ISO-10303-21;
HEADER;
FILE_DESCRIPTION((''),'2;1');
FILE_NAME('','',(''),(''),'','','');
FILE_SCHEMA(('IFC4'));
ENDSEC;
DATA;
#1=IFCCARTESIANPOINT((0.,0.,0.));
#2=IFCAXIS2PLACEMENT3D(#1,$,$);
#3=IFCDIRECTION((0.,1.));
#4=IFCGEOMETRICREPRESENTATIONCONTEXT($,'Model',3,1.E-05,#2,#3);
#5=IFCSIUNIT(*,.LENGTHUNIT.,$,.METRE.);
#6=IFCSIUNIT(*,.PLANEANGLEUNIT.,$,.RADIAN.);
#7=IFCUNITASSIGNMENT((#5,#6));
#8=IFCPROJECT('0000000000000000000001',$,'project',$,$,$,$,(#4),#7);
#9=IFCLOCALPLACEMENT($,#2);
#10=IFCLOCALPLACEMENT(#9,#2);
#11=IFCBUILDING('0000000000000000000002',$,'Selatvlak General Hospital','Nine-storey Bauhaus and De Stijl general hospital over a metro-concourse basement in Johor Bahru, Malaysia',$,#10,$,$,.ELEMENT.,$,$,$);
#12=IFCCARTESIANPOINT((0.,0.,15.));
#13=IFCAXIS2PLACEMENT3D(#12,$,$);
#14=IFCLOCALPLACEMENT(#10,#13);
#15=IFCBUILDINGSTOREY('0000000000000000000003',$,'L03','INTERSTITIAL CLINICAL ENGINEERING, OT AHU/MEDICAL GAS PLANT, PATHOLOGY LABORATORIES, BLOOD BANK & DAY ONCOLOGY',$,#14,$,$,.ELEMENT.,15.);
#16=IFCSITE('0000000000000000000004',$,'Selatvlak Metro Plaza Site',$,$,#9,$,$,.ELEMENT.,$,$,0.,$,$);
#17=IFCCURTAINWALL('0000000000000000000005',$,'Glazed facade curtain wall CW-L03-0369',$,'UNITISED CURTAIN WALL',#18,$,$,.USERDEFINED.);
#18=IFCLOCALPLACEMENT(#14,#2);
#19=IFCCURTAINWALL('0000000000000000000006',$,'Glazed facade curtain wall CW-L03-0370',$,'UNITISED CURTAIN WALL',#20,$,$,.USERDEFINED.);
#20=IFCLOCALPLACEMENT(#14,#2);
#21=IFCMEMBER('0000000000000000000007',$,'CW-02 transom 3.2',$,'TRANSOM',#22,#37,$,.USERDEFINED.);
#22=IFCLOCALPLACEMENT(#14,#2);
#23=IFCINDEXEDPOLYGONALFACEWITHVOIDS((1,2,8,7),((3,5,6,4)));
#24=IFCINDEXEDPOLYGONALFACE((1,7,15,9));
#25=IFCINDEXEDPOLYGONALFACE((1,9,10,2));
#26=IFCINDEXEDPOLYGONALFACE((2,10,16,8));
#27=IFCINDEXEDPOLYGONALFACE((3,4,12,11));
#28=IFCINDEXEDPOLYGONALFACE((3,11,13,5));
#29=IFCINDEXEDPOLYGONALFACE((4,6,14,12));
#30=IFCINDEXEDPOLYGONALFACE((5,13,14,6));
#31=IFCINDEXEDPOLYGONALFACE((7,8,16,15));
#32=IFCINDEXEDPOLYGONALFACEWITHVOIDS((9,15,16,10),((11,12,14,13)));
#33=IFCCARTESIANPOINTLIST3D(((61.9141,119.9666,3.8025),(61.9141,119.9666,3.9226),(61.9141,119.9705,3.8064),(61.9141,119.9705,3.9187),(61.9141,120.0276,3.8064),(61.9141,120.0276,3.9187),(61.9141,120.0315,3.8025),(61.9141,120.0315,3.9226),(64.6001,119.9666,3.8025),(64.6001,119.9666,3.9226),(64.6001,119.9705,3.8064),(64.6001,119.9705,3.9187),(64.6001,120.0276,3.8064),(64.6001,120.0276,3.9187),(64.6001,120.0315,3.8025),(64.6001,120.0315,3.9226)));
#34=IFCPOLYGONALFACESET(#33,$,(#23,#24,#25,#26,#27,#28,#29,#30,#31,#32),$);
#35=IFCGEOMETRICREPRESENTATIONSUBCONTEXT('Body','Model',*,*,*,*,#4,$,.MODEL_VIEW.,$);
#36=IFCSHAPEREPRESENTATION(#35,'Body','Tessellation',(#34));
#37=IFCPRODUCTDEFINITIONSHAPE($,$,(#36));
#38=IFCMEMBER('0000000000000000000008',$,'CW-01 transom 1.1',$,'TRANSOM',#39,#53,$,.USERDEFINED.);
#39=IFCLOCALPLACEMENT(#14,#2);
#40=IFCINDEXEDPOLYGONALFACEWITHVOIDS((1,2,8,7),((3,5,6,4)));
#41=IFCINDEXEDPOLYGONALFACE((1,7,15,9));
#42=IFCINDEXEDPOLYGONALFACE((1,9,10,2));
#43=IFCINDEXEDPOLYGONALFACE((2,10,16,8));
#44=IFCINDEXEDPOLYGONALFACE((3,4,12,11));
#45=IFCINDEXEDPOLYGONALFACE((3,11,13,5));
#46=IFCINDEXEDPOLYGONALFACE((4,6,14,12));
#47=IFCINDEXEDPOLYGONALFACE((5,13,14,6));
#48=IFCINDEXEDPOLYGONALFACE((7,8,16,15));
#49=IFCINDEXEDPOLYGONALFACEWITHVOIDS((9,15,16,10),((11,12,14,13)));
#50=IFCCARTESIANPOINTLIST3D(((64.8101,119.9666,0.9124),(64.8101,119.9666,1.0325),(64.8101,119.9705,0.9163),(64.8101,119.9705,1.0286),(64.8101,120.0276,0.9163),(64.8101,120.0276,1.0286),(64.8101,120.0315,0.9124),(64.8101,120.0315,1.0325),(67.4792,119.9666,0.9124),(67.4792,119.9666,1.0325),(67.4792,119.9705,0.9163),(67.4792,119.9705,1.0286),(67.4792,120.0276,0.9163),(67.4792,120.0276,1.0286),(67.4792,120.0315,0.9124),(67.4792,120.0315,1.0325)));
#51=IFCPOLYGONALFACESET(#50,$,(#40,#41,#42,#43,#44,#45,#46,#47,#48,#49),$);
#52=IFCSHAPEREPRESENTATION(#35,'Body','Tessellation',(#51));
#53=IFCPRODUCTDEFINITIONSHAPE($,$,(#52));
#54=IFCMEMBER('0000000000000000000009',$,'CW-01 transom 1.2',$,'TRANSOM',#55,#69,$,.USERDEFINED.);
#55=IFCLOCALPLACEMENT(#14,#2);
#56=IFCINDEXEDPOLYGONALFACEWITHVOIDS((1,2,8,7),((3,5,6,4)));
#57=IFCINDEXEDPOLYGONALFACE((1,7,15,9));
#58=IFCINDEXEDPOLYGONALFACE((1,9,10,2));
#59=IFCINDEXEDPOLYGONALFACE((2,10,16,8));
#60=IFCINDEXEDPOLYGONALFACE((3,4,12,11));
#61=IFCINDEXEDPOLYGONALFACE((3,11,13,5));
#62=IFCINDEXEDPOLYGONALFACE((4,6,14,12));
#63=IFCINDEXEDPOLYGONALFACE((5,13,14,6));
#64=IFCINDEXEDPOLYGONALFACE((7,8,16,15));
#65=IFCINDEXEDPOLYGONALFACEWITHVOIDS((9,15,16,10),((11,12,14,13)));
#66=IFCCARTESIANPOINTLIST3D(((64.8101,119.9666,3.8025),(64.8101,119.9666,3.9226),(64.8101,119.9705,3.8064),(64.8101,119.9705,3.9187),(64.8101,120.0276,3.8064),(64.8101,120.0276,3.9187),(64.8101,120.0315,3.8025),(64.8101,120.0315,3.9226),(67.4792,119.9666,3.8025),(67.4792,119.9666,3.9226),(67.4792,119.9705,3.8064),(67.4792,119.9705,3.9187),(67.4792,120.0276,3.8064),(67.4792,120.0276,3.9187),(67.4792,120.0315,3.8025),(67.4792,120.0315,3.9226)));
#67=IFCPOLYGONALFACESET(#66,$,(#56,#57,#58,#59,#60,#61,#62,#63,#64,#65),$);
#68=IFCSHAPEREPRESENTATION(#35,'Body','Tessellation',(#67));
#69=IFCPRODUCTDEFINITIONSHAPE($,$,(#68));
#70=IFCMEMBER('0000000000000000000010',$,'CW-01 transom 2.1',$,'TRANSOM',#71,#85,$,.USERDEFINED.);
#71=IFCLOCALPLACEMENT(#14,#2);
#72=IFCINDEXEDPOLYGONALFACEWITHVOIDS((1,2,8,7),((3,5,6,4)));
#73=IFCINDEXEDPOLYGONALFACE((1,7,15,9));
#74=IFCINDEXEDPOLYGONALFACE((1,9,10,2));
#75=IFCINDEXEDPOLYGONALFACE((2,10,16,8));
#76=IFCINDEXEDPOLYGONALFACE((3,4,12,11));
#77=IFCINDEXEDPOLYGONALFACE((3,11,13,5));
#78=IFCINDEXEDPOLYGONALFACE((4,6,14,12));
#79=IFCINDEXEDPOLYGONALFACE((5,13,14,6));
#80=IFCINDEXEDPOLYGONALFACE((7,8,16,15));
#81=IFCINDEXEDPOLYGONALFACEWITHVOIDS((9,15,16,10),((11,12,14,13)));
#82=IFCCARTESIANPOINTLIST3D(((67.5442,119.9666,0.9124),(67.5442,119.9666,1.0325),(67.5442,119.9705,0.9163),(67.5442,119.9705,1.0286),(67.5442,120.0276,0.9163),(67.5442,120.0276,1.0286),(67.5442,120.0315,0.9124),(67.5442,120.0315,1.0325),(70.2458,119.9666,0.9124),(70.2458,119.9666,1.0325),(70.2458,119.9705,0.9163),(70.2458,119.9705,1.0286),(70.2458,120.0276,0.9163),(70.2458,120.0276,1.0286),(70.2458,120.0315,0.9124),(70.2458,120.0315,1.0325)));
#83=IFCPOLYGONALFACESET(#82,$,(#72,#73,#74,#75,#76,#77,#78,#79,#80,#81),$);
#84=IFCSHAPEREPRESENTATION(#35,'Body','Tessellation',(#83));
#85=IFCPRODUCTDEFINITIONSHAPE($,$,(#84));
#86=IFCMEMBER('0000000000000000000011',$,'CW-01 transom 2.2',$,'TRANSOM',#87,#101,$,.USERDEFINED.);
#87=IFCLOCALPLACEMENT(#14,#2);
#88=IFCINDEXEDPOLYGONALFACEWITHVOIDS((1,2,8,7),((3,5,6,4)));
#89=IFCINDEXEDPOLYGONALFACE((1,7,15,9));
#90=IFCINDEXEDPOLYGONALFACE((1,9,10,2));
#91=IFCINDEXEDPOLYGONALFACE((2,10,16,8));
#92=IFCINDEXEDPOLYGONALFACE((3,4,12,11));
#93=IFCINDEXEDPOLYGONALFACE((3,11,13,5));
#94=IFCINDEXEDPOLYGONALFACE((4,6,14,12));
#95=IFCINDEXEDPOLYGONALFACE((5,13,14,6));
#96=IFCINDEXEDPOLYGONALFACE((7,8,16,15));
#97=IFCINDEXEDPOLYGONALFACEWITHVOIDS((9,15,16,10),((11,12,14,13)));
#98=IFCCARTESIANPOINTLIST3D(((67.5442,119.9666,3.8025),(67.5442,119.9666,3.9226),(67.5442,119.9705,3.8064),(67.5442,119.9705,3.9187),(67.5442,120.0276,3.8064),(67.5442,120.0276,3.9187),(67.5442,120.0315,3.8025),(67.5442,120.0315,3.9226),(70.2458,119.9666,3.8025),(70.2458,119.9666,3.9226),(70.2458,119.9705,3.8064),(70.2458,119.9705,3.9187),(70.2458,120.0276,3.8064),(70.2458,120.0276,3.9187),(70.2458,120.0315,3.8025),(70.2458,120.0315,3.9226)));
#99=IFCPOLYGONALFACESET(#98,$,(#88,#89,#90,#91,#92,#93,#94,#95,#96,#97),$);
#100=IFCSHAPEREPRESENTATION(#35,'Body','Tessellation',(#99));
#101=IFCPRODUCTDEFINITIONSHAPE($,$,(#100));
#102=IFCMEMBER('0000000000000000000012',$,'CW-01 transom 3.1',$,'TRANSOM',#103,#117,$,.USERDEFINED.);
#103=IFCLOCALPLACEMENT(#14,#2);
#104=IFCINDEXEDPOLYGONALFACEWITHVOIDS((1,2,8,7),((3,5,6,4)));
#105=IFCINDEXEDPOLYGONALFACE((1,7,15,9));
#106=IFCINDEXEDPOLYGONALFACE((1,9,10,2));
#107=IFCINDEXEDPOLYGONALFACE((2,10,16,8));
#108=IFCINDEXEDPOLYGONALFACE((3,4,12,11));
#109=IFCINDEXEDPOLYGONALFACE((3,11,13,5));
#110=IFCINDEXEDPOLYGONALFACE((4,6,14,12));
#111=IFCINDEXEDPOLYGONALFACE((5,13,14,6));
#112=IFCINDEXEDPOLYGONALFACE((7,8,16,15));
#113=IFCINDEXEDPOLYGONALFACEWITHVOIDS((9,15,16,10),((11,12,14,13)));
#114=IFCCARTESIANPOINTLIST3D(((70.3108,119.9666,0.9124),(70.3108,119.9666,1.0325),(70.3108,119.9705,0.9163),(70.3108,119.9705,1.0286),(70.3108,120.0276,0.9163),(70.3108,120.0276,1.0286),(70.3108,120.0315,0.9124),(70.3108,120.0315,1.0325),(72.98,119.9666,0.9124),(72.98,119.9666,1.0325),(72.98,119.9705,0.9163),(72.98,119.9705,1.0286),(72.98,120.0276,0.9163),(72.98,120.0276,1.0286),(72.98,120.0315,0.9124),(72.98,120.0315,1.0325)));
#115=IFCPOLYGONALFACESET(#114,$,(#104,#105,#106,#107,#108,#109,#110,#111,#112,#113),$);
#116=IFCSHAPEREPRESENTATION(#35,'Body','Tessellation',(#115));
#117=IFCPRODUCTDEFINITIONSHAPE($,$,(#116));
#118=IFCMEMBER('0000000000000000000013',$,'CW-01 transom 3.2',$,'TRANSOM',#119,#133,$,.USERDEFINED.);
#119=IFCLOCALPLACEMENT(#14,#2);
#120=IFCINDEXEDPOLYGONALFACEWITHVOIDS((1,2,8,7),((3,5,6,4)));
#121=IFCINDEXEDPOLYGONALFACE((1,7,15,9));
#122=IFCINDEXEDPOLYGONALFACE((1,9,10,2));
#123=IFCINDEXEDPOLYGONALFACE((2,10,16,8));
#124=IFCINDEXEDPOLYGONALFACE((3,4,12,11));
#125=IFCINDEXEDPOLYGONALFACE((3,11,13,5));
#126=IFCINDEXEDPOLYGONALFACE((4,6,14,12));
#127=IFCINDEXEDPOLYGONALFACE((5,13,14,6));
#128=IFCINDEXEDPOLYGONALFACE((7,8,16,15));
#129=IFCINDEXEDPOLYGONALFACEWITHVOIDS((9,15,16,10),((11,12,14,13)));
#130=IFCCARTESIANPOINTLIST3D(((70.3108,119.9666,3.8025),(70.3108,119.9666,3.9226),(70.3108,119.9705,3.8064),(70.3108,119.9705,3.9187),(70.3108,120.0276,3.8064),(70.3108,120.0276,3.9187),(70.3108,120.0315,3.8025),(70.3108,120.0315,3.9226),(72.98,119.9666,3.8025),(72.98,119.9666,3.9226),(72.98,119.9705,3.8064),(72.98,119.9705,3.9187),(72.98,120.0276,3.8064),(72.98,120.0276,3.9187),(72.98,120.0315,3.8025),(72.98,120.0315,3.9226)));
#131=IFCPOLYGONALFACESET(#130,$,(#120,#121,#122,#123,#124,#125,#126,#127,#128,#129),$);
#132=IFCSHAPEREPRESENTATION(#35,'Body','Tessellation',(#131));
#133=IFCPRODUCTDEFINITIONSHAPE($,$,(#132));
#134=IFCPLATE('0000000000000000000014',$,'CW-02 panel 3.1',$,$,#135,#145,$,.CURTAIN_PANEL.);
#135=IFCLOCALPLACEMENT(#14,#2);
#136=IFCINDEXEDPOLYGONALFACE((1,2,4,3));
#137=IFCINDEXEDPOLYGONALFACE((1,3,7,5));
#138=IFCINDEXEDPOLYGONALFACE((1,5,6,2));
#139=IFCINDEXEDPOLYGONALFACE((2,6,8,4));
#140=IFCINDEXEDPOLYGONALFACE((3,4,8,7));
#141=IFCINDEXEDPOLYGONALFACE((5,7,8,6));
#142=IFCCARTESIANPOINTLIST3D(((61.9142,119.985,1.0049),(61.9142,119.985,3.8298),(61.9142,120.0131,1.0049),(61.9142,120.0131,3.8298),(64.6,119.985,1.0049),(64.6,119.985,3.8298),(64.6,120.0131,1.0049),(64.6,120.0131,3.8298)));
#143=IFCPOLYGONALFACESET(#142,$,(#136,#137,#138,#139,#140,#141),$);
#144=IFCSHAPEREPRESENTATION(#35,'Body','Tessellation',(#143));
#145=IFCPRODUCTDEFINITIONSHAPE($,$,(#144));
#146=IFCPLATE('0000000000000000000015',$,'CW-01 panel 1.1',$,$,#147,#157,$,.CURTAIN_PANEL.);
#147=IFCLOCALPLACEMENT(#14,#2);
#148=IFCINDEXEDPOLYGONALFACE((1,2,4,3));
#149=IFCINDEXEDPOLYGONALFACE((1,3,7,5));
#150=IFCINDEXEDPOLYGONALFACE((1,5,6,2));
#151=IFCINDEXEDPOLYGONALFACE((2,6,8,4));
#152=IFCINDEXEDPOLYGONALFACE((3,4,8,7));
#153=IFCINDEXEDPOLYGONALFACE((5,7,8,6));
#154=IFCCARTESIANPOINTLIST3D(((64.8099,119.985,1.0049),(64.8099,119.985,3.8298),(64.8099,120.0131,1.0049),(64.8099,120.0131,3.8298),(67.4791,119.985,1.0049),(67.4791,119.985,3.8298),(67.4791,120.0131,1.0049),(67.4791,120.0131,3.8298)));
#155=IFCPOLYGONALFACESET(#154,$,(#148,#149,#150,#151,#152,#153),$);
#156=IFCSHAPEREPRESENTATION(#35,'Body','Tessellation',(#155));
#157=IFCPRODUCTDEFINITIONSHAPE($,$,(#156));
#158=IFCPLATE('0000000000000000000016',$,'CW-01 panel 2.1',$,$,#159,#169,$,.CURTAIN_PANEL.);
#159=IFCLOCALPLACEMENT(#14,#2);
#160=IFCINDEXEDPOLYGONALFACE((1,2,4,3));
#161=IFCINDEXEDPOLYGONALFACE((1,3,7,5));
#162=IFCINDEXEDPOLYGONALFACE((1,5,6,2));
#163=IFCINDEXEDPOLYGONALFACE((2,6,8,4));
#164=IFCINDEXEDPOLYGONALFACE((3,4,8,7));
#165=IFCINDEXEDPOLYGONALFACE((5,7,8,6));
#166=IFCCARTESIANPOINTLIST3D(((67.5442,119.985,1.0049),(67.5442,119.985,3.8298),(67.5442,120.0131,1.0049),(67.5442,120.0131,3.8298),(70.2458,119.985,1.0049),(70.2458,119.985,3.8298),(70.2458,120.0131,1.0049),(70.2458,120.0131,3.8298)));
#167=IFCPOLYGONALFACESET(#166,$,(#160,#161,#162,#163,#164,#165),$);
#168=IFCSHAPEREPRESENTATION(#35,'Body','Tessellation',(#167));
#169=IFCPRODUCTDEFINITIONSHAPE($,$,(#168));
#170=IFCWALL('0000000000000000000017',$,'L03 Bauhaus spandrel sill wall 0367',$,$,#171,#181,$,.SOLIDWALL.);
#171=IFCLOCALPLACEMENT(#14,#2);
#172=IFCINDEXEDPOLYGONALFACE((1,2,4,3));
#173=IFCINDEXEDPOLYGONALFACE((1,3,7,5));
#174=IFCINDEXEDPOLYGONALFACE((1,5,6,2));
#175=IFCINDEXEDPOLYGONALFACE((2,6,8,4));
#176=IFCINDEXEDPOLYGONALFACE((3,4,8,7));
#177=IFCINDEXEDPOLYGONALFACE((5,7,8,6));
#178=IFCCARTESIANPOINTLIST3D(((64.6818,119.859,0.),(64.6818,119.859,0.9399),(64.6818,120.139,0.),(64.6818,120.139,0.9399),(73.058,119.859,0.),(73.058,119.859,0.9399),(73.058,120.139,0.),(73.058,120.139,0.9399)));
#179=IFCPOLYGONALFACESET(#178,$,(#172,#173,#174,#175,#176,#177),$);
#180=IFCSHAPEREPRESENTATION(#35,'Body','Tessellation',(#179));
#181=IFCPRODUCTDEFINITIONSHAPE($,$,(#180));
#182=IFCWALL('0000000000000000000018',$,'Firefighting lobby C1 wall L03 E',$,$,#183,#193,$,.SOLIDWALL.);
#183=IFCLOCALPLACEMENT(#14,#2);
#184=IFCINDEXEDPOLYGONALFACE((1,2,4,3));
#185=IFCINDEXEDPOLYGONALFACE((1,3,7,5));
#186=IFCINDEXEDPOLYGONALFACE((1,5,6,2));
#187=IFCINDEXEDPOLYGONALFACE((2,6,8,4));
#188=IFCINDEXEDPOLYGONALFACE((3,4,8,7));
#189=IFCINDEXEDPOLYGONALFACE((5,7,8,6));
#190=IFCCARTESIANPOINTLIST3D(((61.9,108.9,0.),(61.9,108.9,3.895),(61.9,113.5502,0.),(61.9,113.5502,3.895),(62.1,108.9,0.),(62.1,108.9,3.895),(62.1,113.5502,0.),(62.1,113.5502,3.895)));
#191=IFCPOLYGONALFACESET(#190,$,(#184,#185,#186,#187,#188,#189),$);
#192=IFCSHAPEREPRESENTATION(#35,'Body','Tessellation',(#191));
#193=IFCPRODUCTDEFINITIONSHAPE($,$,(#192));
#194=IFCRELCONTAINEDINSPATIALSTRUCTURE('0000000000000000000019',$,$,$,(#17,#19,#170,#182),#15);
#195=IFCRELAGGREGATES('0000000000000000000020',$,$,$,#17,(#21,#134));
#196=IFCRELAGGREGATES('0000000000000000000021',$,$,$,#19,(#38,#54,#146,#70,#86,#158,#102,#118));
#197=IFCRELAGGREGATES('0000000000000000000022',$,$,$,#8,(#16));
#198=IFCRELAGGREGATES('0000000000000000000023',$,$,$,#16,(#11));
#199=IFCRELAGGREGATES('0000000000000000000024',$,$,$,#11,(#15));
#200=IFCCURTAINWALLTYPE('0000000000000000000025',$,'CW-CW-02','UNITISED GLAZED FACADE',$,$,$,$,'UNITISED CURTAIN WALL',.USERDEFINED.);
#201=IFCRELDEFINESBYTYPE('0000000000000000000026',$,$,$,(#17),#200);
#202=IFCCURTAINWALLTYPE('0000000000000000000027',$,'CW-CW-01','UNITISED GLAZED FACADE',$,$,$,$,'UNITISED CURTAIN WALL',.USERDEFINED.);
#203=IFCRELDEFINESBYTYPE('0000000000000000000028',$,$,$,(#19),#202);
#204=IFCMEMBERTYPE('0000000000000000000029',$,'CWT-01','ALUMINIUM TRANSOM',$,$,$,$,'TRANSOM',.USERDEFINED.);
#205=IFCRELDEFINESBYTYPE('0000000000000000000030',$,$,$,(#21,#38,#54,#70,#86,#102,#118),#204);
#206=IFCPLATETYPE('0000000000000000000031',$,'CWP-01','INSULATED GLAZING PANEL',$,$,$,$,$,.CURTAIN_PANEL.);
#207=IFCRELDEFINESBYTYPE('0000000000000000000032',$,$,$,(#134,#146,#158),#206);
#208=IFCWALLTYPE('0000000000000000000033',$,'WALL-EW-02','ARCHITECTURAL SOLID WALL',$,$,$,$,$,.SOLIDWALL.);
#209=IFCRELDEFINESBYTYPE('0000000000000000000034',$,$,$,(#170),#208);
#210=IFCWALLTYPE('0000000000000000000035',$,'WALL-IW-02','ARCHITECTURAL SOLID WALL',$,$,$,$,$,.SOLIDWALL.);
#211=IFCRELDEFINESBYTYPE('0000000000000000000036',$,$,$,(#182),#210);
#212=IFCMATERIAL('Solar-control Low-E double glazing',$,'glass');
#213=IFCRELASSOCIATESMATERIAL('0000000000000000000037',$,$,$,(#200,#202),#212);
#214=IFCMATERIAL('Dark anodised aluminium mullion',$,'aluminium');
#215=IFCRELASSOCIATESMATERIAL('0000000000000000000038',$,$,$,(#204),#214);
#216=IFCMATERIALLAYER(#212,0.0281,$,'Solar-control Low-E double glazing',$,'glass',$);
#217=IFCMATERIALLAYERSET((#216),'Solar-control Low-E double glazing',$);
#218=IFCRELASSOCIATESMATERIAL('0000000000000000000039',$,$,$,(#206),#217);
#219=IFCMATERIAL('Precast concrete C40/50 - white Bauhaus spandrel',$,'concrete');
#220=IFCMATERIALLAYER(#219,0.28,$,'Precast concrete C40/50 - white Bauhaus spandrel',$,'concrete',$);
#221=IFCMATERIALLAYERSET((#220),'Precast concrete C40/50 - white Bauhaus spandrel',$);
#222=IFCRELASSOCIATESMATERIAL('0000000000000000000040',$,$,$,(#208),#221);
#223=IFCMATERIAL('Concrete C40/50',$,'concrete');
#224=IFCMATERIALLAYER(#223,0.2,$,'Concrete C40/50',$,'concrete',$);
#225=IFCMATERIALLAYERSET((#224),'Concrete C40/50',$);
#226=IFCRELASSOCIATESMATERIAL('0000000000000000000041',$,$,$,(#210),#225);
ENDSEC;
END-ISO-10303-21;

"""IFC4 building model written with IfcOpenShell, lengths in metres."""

from ifc_helpers import new_model, si_unit, direction, frame, frame_2d, origin, origin_2d, place, context, subcontext, project, spatial, rectangle, hollow_rectangle, extrude, material, layer, layer_set, material_profile, profile_set, type_object, element, aggregate, save


model = new_model("IFC4")

# Units and contexts
model_context = context("Model", 3, precision=1e-05, world=origin(), true_north=direction((0.0, 1.0)))
body_context = subcontext(model_context, "Body", "Model", "MODEL_VIEW")
ifc_project = project(units=[si_unit("LENGTHUNIT", "METRE"), si_unit("PLANEANGLEUNIT", "RADIAN")], contexts=[model_context])

# Site, building, storey
site_placement = place(None, origin())
site = spatial("IfcSite", under=ifc_project, at=site_placement, Name="Selatvlak Metro Plaza Site", CompositionType="ELEMENT", RefElevation=0.0)
building_placement = place(site_placement, origin())
building = spatial("IfcBuilding", under=site, at=building_placement, Name="Selatvlak General Hospital", Description="Nine-storey Bauhaus and De Stijl general hospital over a metro-concourse basement in Johor Bahru, Malaysia", CompositionType="ELEMENT")
storey_placement = place(building_placement, frame((0.0, 0.0, 15.0)))
storey = spatial("IfcBuildingStorey", under=building, at=storey_placement, Name="L03", Description="INTERSTITIAL CLINICAL ENGINEERING, OT AHU/MEDICAL GAS PLANT, PATHOLOGY LABORATORIES, BLOOD BANK & DAY ONCOLOGY", CompositionType="ELEMENT", Elevation=15.0)

# Shared definitions
ifc_material_1 = material(Name="Concrete C40/50", Category="concrete")

# Curtain walls
ifc_material_2 = material(Name="Solar-control Low-E double glazing", Category="glass")
curtain_wall_type_1 = type_object("IfcCurtainWallType", Name="CW-CW-02", Description="UNITISED GLAZED FACADE", ElementType="UNITISED CURTAIN WALL", PredefinedType="USERDEFINED", material=ifc_material_2)
curtain_wall_1_placement = place(storey_placement, origin())
curtain_wall_1 = element("IfcCurtainWall", 1, at=curtain_wall_1_placement, inside=storey, type_object=curtain_wall_type_1, Name="Glazed facade curtain wall CW-L03-0369", ObjectType="UNITISED CURTAIN WALL", PredefinedType="USERDEFINED")
ifc_material_3 = material(Name="Dark anodised aluminium mullion", Category="aluminium")
curtain_wall_type_2 = type_object("IfcCurtainWallType", Name="CW-CW-01", Description="UNITISED GLAZED FACADE", ElementType="UNITISED CURTAIN WALL", PredefinedType="USERDEFINED", material=ifc_material_2)
curtain_wall_2_placement = place(storey_placement, origin())
curtain_wall_2 = element("IfcCurtainWall", 2, at=curtain_wall_2_placement, inside=storey, type_object=curtain_wall_type_2, Name="Glazed facade curtain wall CW-L03-0370", ObjectType="UNITISED CURTAIN WALL", PredefinedType="USERDEFINED")

# Members
ifc_material_profile_1 = material_profile(ifc_material_3, hollow_rectangle(XDim=0.0649, YDim=0.1201, WallThickness=0.0039, at=origin_2d()), Name="AL-TRN 65x120x4")
ifc_profile_set_1 = profile_set([ifc_material_profile_1], Name="Dark anodised aluminium mullion")
member_type_1 = type_object("IfcMemberType", Name="CWT-01", Description="ALUMINIUM TRANSOM", ElementType="TRANSOM", PredefinedType="USERDEFINED", material=ifc_profile_set_1)
member_1_placement = place(storey_placement, frame((61.9141, 119.999, 3.8625), z_axis=(1.0, 0.0, 0.0), x_axis=(0.0, 1.0, 0.0)))
member_1 = element("IfcMember", 3, at=member_1_placement, type_object=member_type_1, Name="CW-02 transom 3.2", ObjectType="TRANSOM", PredefinedType="USERDEFINED", context=body_context, shape_type="SweptSolid", body=[
    extrude(hollow_rectangle(XDim=0.0649, YDim=0.1201, WallThickness=0.0039, at=origin_2d()), origin(), (0.0, 0.0, 1.0), 2.686),
])
member_2_placement = place(storey_placement, frame((64.8101, 119.999, 0.9724), z_axis=(1.0, 0.0, 0.0), x_axis=(0.0, 1.0, 0.0)))
member_2 = element("IfcMember", 4, at=member_2_placement, type_object=member_type_1, Name="CW-01 transom 1.1", ObjectType="TRANSOM", PredefinedType="USERDEFINED", context=body_context, shape_type="SweptSolid", body=[
    extrude(hollow_rectangle(XDim=0.0649, YDim=0.1201, WallThickness=0.0039, at=origin_2d()), origin(), (0.0, 0.0, 1.0), 2.6692),
])
member_3_placement = place(storey_placement, frame((64.8101, 119.999, 3.8625), z_axis=(1.0, 0.0, 0.0), x_axis=(0.0, 1.0, 0.0)))
member_3 = element("IfcMember", 5, at=member_3_placement, type_object=member_type_1, Name="CW-01 transom 1.2", ObjectType="TRANSOM", PredefinedType="USERDEFINED", context=body_context, shape_type="SweptSolid", body=[
    extrude(hollow_rectangle(XDim=0.0649, YDim=0.1201, WallThickness=0.0039, at=origin_2d()), origin(), (0.0, 0.0, 1.0), 2.6692),
])
member_4_placement = place(storey_placement, frame((67.5442, 119.999, 0.9724), z_axis=(1.0, 0.0, 0.0), x_axis=(0.0, 1.0, 0.0)))
member_4 = element("IfcMember", 6, at=member_4_placement, type_object=member_type_1, Name="CW-01 transom 2.1", ObjectType="TRANSOM", PredefinedType="USERDEFINED", context=body_context, shape_type="SweptSolid", body=[
    extrude(hollow_rectangle(XDim=0.0649, YDim=0.1201, WallThickness=0.0039, at=origin_2d()), origin(), (0.0, 0.0, 1.0), 2.7017),
])
member_5_placement = place(storey_placement, frame((67.5442, 119.999, 3.8625), z_axis=(1.0, 0.0, 0.0), x_axis=(0.0, 1.0, 0.0)))
member_5 = element("IfcMember", 7, at=member_5_placement, type_object=member_type_1, Name="CW-01 transom 2.2", ObjectType="TRANSOM", PredefinedType="USERDEFINED", context=body_context, shape_type="SweptSolid", body=[
    extrude(hollow_rectangle(XDim=0.0649, YDim=0.1201, WallThickness=0.0039, at=origin_2d()), origin(), (0.0, 0.0, 1.0), 2.7017),
])
member_6_placement = place(storey_placement, frame((70.3108, 119.999, 0.9724), z_axis=(1.0, 0.0, 0.0), x_axis=(0.0, 1.0, 0.0)))
member_6 = element("IfcMember", 8, at=member_6_placement, type_object=member_type_1, Name="CW-01 transom 3.1", ObjectType="TRANSOM", PredefinedType="USERDEFINED", context=body_context, shape_type="SweptSolid", body=[
    extrude(hollow_rectangle(XDim=0.0649, YDim=0.1201, WallThickness=0.0039, at=origin_2d()), origin(), (0.0, 0.0, 1.0), 2.6692),
])
member_7_placement = place(storey_placement, frame((70.3108, 119.999, 3.8625), z_axis=(1.0, 0.0, 0.0), x_axis=(0.0, 1.0, 0.0)))
member_7 = element("IfcMember", 9, at=member_7_placement, type_object=member_type_1, Name="CW-01 transom 3.2", ObjectType="TRANSOM", PredefinedType="USERDEFINED", context=body_context, shape_type="SweptSolid", body=[
    extrude(hollow_rectangle(XDim=0.0649, YDim=0.1201, WallThickness=0.0039, at=origin_2d()), origin(), (0.0, 0.0, 1.0), 2.6692),
])

# Plates
ifc_layer_1 = layer(ifc_material_2, 0.0281, Name="Solar-control Low-E double glazing", Category="glass")
ifc_layer_set_1 = layer_set([ifc_layer_1], Name="Solar-control Low-E double glazing")
plate_type = type_object("IfcPlateType", Name="CWP-01", Description="INSULATED GLAZING PANEL", PredefinedType="CURTAIN_PANEL", material=ifc_layer_set_1)
plate_1_placement = place(storey_placement, frame((63.2571, 119.999, 1.0049), z_axis=(0.0, 0.0, 1.0), x_axis=(1.0, 0.0, 0.0)))
plate_1 = element("IfcPlate", 10, at=plate_1_placement, type_object=plate_type, Name="CW-02 panel 3.1", PredefinedType="CURTAIN_PANEL", context=body_context, shape_type="SweptSolid", body=[
    extrude(rectangle(XDim=2.6858, YDim=0.0281, at=origin_2d()), origin(), (0.0, 0.0, 1.0), 2.825),
])
aggregate(curtain_wall_1, [member_1, plate_1])
plate_2_placement = place(storey_placement, frame((66.1445, 119.999, 1.0049), z_axis=(0.0, 0.0, 1.0), x_axis=(1.0, 0.0, 0.0)))
plate_2 = element("IfcPlate", 11, at=plate_2_placement, type_object=plate_type, Name="CW-01 panel 1.1", PredefinedType="CURTAIN_PANEL", context=body_context, shape_type="SweptSolid", body=[
    extrude(rectangle(XDim=2.6692, YDim=0.0281, at=origin_2d()), origin(), (0.0, 0.0, 1.0), 2.825),
])
plate_3_placement = place(storey_placement, frame((68.895, 119.999, 1.0049), z_axis=(0.0, 0.0, 1.0), x_axis=(1.0, 0.0, 0.0)))
plate_3 = element("IfcPlate", 12, at=plate_3_placement, type_object=plate_type, Name="CW-01 panel 2.1", PredefinedType="CURTAIN_PANEL", context=body_context, shape_type="SweptSolid", body=[
    extrude(rectangle(XDim=2.7017, YDim=0.0281, at=origin_2d()), origin(), (0.0, 0.0, 1.0), 2.825),
])
aggregate(curtain_wall_2, [member_2, member_3, plate_2, member_4, member_5, plate_3, member_6, member_7])

# Walls
ifc_material_4 = material(Name="Precast concrete C40/50 - white Bauhaus spandrel", Category="concrete")
ifc_layer_2 = layer(ifc_material_4, 0.28, Name="Precast concrete C40/50 - white Bauhaus spandrel", Category="concrete")
ifc_layer_set_2 = layer_set([ifc_layer_2], Name="Precast concrete C40/50 - white Bauhaus spandrel")
wall_type_1 = type_object("IfcWallType", Name="WALL-EW-02", Description="ARCHITECTURAL SOLID WALL", PredefinedType="SOLIDWALL", material=ifc_layer_set_2)
wall_1_placement = place(storey_placement, frame((64.6819, 119.999, 0.0), z_axis=(0.0, 0.0, 1.0), x_axis=(1.0, 0.0, 0.0)))
element("IfcWall", 13, at=wall_1_placement, inside=storey, type_object=wall_type_1, Name="L03 Bauhaus spandrel sill wall 0367", PredefinedType="SOLIDWALL", context=body_context, shape_type="SweptSolid", body=[
    extrude(rectangle(XDim=8.3762, YDim=0.28, at=frame_2d((4.188, 0.0))), origin(), (0.0, 0.0, 1.0), 0.9399),
])
ifc_layer_3 = layer(ifc_material_1, 0.2, Name="Concrete C40/50", Category="concrete")
ifc_layer_set_3 = layer_set([ifc_layer_3], Name="Concrete C40/50")
wall_type_2 = type_object("IfcWallType", Name="WALL-IW-02", Description="ARCHITECTURAL SOLID WALL", PredefinedType="SOLIDWALL", material=ifc_layer_set_3)
wall_2_placement = place(storey_placement, frame((62.0, 108.8999, 0.0), z_axis=(0.0, 0.0, 1.0), x_axis=(0.0, 1.0, 0.0)))
element("IfcWall", 14, at=wall_2_placement, inside=storey, type_object=wall_type_2, Name="Firefighting lobby C1 wall L03 E", PredefinedType="SOLIDWALL", context=body_context, shape_type="SweptSolid", body=[
    extrude(rectangle(XDim=4.6501, YDim=0.2, at=frame_2d((2.3252, 0.0))), origin(), (0.0, 0.0, 1.0), 3.895),
])

save(model, "model.ifc")
